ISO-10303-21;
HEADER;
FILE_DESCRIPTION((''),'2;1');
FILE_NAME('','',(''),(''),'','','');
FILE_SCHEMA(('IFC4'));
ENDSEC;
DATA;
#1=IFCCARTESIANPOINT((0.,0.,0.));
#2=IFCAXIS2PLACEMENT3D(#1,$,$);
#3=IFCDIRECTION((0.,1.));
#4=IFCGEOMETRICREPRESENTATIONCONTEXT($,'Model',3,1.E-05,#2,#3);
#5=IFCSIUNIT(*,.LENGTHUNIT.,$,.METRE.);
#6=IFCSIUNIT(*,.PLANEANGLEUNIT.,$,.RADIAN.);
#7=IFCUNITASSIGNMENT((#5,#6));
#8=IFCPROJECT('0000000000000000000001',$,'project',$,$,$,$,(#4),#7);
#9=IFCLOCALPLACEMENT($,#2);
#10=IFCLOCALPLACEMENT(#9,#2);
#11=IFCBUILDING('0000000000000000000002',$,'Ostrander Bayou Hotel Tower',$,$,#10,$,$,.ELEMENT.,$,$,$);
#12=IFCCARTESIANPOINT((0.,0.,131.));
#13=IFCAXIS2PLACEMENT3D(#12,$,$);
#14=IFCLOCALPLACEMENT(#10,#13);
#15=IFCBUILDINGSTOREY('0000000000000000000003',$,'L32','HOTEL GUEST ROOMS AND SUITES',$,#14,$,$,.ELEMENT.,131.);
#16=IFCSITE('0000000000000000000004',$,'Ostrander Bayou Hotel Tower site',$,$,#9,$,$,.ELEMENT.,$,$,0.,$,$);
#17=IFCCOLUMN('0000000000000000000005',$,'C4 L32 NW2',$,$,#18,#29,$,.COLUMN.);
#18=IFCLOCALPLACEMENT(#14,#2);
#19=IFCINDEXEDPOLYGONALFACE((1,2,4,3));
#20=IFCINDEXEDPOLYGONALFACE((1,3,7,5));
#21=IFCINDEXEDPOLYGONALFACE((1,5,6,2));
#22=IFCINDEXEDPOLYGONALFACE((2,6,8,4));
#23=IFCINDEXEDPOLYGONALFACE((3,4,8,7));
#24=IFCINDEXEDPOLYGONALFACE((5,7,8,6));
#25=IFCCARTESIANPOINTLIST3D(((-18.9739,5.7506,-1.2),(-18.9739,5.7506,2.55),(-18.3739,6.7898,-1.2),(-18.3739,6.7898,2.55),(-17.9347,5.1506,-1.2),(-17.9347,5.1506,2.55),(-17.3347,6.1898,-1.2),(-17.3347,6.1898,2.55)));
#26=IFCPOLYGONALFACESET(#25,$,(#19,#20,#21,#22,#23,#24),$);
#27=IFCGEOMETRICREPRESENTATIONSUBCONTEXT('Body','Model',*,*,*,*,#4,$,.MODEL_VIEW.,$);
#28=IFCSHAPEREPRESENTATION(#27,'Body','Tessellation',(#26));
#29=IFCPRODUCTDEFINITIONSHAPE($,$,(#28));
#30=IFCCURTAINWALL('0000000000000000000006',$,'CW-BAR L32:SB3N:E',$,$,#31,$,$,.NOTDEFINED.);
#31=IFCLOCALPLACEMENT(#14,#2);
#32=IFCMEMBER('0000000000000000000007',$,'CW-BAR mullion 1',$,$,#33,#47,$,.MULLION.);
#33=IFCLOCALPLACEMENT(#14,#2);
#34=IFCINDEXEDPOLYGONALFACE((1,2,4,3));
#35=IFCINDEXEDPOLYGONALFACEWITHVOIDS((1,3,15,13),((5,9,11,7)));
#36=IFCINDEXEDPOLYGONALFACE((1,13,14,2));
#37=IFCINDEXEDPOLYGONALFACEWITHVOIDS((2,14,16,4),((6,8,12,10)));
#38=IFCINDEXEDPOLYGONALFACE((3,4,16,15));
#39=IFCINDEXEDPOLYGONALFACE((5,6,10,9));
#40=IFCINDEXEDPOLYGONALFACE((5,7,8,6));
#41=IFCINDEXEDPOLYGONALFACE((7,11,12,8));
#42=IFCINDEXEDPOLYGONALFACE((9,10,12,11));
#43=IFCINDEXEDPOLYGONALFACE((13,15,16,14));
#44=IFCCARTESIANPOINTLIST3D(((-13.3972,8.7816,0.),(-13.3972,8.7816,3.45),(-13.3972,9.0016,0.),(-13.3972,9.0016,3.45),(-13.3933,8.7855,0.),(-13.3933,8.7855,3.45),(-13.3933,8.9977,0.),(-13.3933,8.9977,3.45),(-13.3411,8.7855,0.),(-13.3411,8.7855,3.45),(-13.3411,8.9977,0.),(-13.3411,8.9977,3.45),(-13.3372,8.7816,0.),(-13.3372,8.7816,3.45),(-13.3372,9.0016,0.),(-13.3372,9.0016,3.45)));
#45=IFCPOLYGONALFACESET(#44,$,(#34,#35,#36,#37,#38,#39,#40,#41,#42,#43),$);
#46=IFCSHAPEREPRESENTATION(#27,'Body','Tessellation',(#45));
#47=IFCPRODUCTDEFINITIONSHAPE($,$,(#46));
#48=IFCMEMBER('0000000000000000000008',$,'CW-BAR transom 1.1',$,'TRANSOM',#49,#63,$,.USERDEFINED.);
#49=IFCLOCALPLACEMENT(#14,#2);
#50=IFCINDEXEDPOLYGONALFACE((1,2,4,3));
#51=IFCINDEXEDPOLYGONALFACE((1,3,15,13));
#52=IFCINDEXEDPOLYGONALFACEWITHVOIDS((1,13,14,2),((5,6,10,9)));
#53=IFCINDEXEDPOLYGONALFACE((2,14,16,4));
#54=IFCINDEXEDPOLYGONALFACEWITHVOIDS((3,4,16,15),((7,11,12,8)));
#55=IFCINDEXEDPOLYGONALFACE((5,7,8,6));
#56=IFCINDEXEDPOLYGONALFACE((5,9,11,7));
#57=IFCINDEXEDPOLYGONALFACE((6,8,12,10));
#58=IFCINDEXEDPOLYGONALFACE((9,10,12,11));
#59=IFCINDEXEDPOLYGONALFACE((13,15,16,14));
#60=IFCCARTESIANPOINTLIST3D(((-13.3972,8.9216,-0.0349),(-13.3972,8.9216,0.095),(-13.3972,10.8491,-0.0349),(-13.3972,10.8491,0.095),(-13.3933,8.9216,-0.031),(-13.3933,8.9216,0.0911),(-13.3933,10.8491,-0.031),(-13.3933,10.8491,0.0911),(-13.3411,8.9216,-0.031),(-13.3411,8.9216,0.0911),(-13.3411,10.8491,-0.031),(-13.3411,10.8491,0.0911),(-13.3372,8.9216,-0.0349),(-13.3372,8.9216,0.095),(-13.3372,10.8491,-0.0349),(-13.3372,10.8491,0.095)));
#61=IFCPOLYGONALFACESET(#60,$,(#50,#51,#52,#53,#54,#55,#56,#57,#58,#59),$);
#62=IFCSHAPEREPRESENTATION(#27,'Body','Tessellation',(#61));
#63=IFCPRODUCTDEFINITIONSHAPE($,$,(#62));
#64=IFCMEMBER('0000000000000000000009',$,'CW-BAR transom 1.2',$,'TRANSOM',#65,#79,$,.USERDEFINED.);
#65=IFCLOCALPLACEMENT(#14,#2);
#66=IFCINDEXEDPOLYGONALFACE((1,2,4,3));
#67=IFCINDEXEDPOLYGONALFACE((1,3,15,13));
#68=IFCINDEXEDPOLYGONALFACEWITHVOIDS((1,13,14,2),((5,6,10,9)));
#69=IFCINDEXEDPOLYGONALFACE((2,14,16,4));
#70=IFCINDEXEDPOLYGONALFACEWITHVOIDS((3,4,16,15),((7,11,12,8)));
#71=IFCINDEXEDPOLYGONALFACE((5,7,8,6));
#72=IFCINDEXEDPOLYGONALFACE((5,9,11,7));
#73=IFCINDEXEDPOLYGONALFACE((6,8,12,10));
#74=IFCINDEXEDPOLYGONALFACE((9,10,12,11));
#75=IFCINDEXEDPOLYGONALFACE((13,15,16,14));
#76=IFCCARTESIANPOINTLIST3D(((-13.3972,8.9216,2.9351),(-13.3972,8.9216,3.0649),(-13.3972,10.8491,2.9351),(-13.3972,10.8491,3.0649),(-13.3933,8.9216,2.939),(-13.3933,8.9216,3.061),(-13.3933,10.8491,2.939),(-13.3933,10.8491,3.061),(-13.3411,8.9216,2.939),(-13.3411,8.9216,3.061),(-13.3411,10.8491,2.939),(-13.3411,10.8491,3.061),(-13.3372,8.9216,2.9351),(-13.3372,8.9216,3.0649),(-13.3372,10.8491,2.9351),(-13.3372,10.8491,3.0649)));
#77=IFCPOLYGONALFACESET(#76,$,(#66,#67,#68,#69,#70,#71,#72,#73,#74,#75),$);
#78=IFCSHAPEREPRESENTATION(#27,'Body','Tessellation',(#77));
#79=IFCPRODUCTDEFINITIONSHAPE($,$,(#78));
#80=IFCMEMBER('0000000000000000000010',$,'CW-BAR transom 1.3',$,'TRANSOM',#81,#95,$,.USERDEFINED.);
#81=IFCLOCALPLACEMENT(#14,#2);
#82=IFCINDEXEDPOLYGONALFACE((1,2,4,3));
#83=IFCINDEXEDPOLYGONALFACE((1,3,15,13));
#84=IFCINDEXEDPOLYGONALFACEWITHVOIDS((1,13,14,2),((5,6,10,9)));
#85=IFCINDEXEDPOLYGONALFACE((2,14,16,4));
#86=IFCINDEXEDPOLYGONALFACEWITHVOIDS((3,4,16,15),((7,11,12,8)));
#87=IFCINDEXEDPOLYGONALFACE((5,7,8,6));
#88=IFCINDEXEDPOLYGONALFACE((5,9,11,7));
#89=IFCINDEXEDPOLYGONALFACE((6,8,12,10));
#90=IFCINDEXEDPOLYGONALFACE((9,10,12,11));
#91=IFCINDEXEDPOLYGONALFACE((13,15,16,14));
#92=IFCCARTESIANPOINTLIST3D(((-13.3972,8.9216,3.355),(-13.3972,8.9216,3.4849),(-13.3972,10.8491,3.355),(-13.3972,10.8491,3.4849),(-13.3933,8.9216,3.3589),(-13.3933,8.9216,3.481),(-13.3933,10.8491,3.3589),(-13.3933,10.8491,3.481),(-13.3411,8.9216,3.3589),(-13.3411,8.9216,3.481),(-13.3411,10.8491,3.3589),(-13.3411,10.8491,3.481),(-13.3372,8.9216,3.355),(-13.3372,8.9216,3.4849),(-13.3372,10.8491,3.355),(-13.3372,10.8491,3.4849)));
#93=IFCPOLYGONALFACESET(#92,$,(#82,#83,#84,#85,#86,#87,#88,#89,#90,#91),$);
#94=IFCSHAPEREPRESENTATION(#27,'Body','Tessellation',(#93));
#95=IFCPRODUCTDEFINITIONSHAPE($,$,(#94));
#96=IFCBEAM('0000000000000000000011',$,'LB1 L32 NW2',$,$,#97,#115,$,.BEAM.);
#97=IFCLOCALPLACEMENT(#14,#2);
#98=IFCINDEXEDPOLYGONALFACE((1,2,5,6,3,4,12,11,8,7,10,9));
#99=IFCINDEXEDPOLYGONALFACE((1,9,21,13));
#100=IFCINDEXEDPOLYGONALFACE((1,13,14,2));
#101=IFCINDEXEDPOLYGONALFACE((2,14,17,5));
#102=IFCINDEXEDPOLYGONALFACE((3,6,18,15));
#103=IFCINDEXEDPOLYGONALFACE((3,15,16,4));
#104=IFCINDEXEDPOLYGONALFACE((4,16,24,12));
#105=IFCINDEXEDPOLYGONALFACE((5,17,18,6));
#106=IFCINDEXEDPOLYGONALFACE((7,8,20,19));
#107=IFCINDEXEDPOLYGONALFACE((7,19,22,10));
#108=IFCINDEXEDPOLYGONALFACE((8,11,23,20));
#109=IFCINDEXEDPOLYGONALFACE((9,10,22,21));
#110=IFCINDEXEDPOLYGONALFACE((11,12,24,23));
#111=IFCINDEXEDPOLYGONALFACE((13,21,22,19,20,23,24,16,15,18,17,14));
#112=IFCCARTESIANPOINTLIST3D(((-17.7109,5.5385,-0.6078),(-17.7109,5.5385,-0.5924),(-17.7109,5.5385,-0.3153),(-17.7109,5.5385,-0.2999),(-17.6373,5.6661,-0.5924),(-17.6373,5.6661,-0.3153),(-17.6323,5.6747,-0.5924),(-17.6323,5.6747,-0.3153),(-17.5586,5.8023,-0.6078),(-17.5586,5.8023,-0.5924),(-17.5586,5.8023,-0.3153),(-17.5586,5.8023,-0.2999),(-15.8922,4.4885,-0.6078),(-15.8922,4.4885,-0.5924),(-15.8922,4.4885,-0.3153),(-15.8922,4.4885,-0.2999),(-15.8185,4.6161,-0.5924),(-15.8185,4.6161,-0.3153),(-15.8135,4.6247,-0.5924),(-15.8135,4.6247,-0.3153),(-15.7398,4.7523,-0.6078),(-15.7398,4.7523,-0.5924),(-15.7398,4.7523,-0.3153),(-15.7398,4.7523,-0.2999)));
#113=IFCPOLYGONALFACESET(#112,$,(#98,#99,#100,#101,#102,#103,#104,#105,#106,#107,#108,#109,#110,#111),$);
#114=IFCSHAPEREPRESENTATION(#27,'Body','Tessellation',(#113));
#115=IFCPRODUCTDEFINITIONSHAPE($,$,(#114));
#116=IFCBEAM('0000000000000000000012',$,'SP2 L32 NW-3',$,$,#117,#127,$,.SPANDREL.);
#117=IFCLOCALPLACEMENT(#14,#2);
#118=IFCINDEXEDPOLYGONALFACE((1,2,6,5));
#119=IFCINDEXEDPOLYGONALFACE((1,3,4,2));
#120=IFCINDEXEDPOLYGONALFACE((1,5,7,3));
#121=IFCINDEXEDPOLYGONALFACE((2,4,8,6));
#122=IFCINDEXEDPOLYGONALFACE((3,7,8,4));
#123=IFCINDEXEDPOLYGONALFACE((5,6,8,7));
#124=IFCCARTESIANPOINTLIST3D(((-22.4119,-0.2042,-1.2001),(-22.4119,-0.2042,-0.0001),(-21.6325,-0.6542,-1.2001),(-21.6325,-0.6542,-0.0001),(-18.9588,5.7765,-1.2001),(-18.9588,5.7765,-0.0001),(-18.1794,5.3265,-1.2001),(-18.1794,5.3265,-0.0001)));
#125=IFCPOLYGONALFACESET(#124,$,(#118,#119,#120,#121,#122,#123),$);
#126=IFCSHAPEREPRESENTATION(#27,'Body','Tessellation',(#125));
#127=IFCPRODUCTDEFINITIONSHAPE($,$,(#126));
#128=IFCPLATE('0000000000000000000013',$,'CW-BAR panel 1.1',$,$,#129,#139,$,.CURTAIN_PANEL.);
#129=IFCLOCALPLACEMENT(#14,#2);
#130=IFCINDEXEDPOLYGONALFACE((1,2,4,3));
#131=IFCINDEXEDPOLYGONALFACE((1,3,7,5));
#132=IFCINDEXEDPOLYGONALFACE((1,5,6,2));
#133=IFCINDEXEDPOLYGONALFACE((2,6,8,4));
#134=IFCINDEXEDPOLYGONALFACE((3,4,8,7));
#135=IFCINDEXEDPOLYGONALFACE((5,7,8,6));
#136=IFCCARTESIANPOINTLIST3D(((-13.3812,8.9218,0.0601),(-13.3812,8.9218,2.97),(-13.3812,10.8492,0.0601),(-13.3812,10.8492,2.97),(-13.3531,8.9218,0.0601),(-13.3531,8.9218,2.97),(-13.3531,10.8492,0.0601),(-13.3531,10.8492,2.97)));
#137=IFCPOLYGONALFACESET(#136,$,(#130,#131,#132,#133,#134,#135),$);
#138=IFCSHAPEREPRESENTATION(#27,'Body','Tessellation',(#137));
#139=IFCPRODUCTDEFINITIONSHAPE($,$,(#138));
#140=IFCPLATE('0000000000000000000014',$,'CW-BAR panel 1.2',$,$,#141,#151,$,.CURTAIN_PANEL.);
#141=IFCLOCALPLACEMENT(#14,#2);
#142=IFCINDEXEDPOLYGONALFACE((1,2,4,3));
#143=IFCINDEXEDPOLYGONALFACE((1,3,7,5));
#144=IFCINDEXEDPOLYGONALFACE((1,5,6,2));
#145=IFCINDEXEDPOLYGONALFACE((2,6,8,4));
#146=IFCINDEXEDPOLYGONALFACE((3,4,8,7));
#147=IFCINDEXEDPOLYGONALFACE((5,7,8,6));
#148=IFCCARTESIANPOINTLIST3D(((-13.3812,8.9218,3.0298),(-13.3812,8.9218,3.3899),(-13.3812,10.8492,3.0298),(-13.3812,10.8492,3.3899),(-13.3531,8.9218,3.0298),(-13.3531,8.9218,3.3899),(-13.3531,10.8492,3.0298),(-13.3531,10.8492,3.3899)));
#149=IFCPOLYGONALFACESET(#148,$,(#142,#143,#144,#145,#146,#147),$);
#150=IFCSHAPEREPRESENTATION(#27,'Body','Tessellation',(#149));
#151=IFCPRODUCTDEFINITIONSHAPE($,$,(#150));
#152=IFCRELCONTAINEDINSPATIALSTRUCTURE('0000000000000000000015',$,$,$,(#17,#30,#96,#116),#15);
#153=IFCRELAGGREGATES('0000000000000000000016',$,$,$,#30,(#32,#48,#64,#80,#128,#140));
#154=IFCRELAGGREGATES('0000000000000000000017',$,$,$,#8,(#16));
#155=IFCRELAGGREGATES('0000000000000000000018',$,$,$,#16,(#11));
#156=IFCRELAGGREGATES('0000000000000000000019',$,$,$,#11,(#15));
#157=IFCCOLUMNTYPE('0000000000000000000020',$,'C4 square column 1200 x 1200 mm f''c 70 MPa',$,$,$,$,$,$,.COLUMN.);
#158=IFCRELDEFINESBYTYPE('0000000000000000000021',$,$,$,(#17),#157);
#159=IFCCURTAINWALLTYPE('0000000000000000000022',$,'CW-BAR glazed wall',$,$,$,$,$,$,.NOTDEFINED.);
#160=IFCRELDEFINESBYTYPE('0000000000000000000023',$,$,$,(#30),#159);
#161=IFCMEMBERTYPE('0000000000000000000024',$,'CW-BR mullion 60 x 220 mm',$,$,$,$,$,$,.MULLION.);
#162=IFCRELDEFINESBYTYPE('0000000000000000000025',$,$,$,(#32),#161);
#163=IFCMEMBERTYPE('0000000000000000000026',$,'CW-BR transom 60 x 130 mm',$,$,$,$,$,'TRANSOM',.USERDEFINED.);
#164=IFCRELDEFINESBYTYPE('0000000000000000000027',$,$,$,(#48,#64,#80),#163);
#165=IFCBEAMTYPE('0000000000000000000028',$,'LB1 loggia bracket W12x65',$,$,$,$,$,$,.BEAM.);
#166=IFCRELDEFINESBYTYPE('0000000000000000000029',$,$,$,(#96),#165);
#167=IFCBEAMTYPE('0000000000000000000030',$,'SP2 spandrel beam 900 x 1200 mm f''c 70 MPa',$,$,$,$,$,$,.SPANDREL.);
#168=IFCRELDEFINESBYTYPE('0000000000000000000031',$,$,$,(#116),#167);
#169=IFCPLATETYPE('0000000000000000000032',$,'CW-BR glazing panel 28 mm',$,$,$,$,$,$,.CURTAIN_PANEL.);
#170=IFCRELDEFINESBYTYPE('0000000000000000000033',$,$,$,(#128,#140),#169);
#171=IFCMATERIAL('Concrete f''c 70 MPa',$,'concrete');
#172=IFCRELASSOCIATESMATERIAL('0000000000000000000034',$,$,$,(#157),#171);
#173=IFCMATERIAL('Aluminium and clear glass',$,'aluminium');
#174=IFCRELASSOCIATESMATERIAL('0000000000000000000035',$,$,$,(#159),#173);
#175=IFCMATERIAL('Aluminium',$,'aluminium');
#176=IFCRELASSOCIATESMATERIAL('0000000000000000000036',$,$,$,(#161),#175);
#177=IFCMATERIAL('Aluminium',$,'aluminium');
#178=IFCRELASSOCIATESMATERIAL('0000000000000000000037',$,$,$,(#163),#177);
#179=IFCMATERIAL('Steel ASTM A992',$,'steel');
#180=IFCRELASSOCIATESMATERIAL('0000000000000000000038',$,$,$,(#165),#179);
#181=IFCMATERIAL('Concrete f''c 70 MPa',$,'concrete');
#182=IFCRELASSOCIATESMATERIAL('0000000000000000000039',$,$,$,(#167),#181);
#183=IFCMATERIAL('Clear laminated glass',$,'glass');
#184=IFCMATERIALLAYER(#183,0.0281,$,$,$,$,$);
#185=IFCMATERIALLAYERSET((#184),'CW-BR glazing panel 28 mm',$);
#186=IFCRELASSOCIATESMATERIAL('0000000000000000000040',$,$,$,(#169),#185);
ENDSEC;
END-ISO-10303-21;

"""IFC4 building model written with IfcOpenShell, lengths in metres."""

from ifc_helpers import new_model, si_unit, direction, frame, origin, origin_2d, place, context, subcontext, project, spatial, rectangle, hollow_rectangle, i_section, extrude, material, layer, layer_set, material_profile, profile_set, type_object, element, aggregate, save


model = new_model("IFC4")

# Units and contexts
model_context = context("Model", 3, precision=1e-05, world=origin(), true_north=direction((0.0, 1.0)))
body_context = subcontext(model_context, "Body", "Model", "MODEL_VIEW")
ifc_project = project(units=[si_unit("LENGTHUNIT", "METRE"), si_unit("PLANEANGLEUNIT", "RADIAN")], contexts=[model_context])

# Site, building, storey
site_placement = place(None, origin())
site = spatial("IfcSite", under=ifc_project, at=site_placement, Name="Ostrander Bayou Hotel Tower site", CompositionType="ELEMENT", RefElevation=0.0)
building_placement = place(site_placement, origin())
building = spatial("IfcBuilding", under=site, at=building_placement, Name="Ostrander Bayou Hotel Tower", CompositionType="ELEMENT")
storey_placement = place(building_placement, frame((0.0, 0.0, 131.0)))
storey = spatial("IfcBuildingStorey", under=building, at=storey_placement, Name="L32", Description="HOTEL GUEST ROOMS AND SUITES", CompositionType="ELEMENT", Elevation=131.0)

# Column
ifc_material_1 = material(Name="Concrete f'c 70 MPa", Category="concrete")
ifc_material_profile_1 = material_profile(ifc_material_1, rectangle(XDim=1.2, YDim=1.2, at=origin_2d()))
ifc_profile_set_1 = profile_set([ifc_material_profile_1], Name="Concrete f'c 70 MPa")
column_type = type_object("IfcColumnType", Name="C4 square column 1200 x 1200 mm f'c 70 MPa", PredefinedType="COLUMN", material=ifc_profile_set_1)
column_placement = place(storey_placement, frame((-18.1543, 5.9702, -1.2), z_axis=(0.0, 0.0, 1.0), x_axis=(0.5, 0.866025, 0.0)))
element("IfcColumn", 1, at=column_placement, inside=storey, type_object=column_type, Name="C4 L32 NW2", PredefinedType="COLUMN", context=body_context, shape_type="SweptSolid", body=[
    extrude(rectangle(XDim=1.2, YDim=1.2, at=origin_2d()), origin(), (0.0, 0.0, 1.0), 3.75),
])

# Curtain wall, members
ifc_material_2 = material(Name="Aluminium and clear glass", Category="aluminium")
curtain_wall_type = type_object("IfcCurtainWallType", Name="CW-BAR glazed wall", PredefinedType="NOTDEFINED", material=ifc_material_2)
curtain_wall_placement = place(storey_placement, origin())
curtain_wall = element("IfcCurtainWall", 2, at=curtain_wall_placement, inside=storey, type_object=curtain_wall_type, Name="CW-BAR L32:SB3N:E", PredefinedType="NOTDEFINED")
ifc_material_3 = material(Name="Aluminium", Category="aluminium")
ifc_material_profile_2 = material_profile(ifc_material_3, hollow_rectangle(XDim=0.0601, YDim=0.22, WallThickness=0.0039, at=origin_2d()))
ifc_profile_set_2 = profile_set([ifc_material_profile_2], Name="Aluminium")
member_type_1 = type_object("IfcMemberType", Name="CW-BR mullion 60 x 220 mm", PredefinedType="MULLION", material=ifc_profile_set_2)
member_1_placement = place(storey_placement, frame((-13.3672, 8.8916, 0.0), z_axis=(0.0, 0.0, 1.0), x_axis=(-1.0, 0.0, 0.0)))
member_1 = element("IfcMember", 3, at=member_1_placement, type_object=member_type_1, Name="CW-BAR mullion 1", PredefinedType="MULLION", context=body_context, shape_type="SweptSolid", body=[
    extrude(hollow_rectangle(XDim=0.0601, YDim=0.22, WallThickness=0.0039, at=origin_2d()), origin(), (0.0, 0.0, 1.0), 3.45),
])
ifc_material_4 = material(Name="Aluminium", Category="aluminium")
ifc_material_profile_3 = material_profile(ifc_material_4, hollow_rectangle(XDim=0.0601, YDim=0.1299, WallThickness=0.0039, at=origin_2d()))
ifc_profile_set_3 = profile_set([ifc_material_profile_3], Name="Aluminium")
member_type_2 = type_object("IfcMemberType", Name="CW-BR transom 60 x 130 mm", ElementType="TRANSOM", PredefinedType="USERDEFINED", material=ifc_profile_set_3)
member_2_placement = place(storey_placement, frame((-13.3672, 8.9216, 0.03), z_axis=(0.0, 1.0, 0.0), x_axis=(-1.0, 0.0, 0.0)))
member_2 = element("IfcMember", 4, at=member_2_placement, type_object=member_type_2, Name="CW-BAR transom 1.1", ObjectType="TRANSOM", PredefinedType="USERDEFINED", context=body_context, shape_type="SweptSolid", body=[
    extrude(hollow_rectangle(XDim=0.0601, YDim=0.1299, WallThickness=0.0039, at=origin_2d()), origin(), (0.0, 0.0, 1.0), 1.9275),
])
member_3_placement = place(storey_placement, frame((-13.3672, 8.9216, 3.0), z_axis=(0.0, 1.0, 0.0), x_axis=(-1.0, 0.0, 0.0)))
member_3 = element("IfcMember", 5, at=member_3_placement, type_object=member_type_2, Name="CW-BAR transom 1.2", ObjectType="TRANSOM", PredefinedType="USERDEFINED", context=body_context, shape_type="SweptSolid", body=[
    extrude(hollow_rectangle(XDim=0.0601, YDim=0.1299, WallThickness=0.0039, at=origin_2d()), origin(), (0.0, 0.0, 1.0), 1.9275),
])
member_4_placement = place(storey_placement, frame((-13.3672, 8.9216, 3.4199), z_axis=(0.0, 1.0, 0.0), x_axis=(-1.0, 0.0, 0.0)))
member_4 = element("IfcMember", 6, at=member_4_placement, type_object=member_type_2, Name="CW-BAR transom 1.3", ObjectType="TRANSOM", PredefinedType="USERDEFINED", context=body_context, shape_type="SweptSolid", body=[
    extrude(hollow_rectangle(XDim=0.0601, YDim=0.1299, WallThickness=0.0039, at=origin_2d()), origin(), (0.0, 0.0, 1.0), 1.9275),
])

# Beams
ifc_material_5 = material(Name="Steel ASTM A992", Category="steel")
ifc_material_profile_4 = material_profile(ifc_material_5, i_section(OverallWidth=0.3047, OverallDepth=0.3079, WebThickness=0.01, FlangeThickness=0.0154, at=origin_2d()))
ifc_profile_set_4 = profile_set([ifc_material_profile_4], Name="Steel ASTM A992")
beam_type_1 = type_object("IfcBeamType", Name="LB1 loggia bracket W12x65", PredefinedType="BEAM", material=ifc_profile_set_4)
beam_1_placement = place(storey_placement, frame((-17.6348, 5.6704, -0.4539), z_axis=(0.866038, -0.499977, 0.0), x_axis=(0.499977, 0.866038, 0.0)))
element("IfcBeam", 7, at=beam_1_placement, inside=storey, type_object=beam_type_1, Name="LB1 L32 NW2", PredefinedType="BEAM", context=body_context, shape_type="SweptSolid", body=[
    extrude(i_section(OverallWidth=0.3047, OverallDepth=0.3079, WebThickness=0.01, FlangeThickness=0.0154, at=origin_2d()), origin(), (0.0, 0.0, 1.0), 2.1001),
])
ifc_material_6 = material(Name="Concrete f'c 70 MPa", Category="concrete")
ifc_material_profile_5 = material_profile(ifc_material_6, rectangle(XDim=0.8999, YDim=1.2, at=origin_2d()))
ifc_profile_set_5 = profile_set([ifc_material_profile_5], Name="Concrete f'c 70 MPa")
beam_type_2 = type_object("IfcBeamType", Name="SP2 spandrel beam 900 x 1200 mm f'c 70 MPa", PredefinedType="SPANDREL", material=ifc_profile_set_5)
beam_2_placement = place(storey_placement, frame((-18.5691, 5.5515, -0.6001), z_axis=(-0.500017, -0.866015, 0.0), x_axis=(0.866015, -0.500017, 0.0)))
element("IfcBeam", 8, at=beam_2_placement, inside=storey, type_object=beam_type_2, Name="SP2 L32 NW-3", PredefinedType="SPANDREL", context=body_context, shape_type="SweptSolid", body=[
    extrude(rectangle(XDim=0.8999, YDim=1.2, at=origin_2d()), origin(), (0.0, 0.0, 1.0), 6.906),
])

# Plates
ifc_material_7 = material(Name="Clear laminated glass", Category="glass")
ifc_layer_1 = layer(ifc_material_7, 0.0281)
ifc_layer_set_1 = layer_set([ifc_layer_1], Name="CW-BR glazing panel 28 mm")
plate_type = type_object("IfcPlateType", Name="CW-BR glazing panel 28 mm", PredefinedType="CURTAIN_PANEL", material=ifc_layer_set_1)
plate_1_placement = place(storey_placement, frame((-13.3672, 9.8855, 0.0601), z_axis=(0.0, 0.0, 1.0), x_axis=(0.0, 1.0, 0.0)))
plate_1 = element("IfcPlate", 9, at=plate_1_placement, type_object=plate_type, Name="CW-BAR panel 1.1", PredefinedType="CURTAIN_PANEL", context=body_context, shape_type="SweptSolid", body=[
    extrude(rectangle(XDim=1.9275, YDim=0.0281, at=origin_2d()), origin(), (0.0, 0.0, 1.0), 2.9099),
])
plate_2_placement = place(storey_placement, frame((-13.3672, 9.8855, 3.0298), z_axis=(0.0, 0.0, 1.0), x_axis=(0.0, 1.0, 0.0)))
plate_2 = element("IfcPlate", 10, at=plate_2_placement, type_object=plate_type, Name="CW-BAR panel 1.2", PredefinedType="CURTAIN_PANEL", context=body_context, shape_type="SweptSolid", body=[
    extrude(rectangle(XDim=1.9275, YDim=0.0281, at=origin_2d()), origin(), (0.0, 0.0, 1.0), 0.3601),
])
aggregate(curtain_wall, [member_1, member_2, member_3, member_4, plate_1, plate_2])

save(model, "model.ifc")
